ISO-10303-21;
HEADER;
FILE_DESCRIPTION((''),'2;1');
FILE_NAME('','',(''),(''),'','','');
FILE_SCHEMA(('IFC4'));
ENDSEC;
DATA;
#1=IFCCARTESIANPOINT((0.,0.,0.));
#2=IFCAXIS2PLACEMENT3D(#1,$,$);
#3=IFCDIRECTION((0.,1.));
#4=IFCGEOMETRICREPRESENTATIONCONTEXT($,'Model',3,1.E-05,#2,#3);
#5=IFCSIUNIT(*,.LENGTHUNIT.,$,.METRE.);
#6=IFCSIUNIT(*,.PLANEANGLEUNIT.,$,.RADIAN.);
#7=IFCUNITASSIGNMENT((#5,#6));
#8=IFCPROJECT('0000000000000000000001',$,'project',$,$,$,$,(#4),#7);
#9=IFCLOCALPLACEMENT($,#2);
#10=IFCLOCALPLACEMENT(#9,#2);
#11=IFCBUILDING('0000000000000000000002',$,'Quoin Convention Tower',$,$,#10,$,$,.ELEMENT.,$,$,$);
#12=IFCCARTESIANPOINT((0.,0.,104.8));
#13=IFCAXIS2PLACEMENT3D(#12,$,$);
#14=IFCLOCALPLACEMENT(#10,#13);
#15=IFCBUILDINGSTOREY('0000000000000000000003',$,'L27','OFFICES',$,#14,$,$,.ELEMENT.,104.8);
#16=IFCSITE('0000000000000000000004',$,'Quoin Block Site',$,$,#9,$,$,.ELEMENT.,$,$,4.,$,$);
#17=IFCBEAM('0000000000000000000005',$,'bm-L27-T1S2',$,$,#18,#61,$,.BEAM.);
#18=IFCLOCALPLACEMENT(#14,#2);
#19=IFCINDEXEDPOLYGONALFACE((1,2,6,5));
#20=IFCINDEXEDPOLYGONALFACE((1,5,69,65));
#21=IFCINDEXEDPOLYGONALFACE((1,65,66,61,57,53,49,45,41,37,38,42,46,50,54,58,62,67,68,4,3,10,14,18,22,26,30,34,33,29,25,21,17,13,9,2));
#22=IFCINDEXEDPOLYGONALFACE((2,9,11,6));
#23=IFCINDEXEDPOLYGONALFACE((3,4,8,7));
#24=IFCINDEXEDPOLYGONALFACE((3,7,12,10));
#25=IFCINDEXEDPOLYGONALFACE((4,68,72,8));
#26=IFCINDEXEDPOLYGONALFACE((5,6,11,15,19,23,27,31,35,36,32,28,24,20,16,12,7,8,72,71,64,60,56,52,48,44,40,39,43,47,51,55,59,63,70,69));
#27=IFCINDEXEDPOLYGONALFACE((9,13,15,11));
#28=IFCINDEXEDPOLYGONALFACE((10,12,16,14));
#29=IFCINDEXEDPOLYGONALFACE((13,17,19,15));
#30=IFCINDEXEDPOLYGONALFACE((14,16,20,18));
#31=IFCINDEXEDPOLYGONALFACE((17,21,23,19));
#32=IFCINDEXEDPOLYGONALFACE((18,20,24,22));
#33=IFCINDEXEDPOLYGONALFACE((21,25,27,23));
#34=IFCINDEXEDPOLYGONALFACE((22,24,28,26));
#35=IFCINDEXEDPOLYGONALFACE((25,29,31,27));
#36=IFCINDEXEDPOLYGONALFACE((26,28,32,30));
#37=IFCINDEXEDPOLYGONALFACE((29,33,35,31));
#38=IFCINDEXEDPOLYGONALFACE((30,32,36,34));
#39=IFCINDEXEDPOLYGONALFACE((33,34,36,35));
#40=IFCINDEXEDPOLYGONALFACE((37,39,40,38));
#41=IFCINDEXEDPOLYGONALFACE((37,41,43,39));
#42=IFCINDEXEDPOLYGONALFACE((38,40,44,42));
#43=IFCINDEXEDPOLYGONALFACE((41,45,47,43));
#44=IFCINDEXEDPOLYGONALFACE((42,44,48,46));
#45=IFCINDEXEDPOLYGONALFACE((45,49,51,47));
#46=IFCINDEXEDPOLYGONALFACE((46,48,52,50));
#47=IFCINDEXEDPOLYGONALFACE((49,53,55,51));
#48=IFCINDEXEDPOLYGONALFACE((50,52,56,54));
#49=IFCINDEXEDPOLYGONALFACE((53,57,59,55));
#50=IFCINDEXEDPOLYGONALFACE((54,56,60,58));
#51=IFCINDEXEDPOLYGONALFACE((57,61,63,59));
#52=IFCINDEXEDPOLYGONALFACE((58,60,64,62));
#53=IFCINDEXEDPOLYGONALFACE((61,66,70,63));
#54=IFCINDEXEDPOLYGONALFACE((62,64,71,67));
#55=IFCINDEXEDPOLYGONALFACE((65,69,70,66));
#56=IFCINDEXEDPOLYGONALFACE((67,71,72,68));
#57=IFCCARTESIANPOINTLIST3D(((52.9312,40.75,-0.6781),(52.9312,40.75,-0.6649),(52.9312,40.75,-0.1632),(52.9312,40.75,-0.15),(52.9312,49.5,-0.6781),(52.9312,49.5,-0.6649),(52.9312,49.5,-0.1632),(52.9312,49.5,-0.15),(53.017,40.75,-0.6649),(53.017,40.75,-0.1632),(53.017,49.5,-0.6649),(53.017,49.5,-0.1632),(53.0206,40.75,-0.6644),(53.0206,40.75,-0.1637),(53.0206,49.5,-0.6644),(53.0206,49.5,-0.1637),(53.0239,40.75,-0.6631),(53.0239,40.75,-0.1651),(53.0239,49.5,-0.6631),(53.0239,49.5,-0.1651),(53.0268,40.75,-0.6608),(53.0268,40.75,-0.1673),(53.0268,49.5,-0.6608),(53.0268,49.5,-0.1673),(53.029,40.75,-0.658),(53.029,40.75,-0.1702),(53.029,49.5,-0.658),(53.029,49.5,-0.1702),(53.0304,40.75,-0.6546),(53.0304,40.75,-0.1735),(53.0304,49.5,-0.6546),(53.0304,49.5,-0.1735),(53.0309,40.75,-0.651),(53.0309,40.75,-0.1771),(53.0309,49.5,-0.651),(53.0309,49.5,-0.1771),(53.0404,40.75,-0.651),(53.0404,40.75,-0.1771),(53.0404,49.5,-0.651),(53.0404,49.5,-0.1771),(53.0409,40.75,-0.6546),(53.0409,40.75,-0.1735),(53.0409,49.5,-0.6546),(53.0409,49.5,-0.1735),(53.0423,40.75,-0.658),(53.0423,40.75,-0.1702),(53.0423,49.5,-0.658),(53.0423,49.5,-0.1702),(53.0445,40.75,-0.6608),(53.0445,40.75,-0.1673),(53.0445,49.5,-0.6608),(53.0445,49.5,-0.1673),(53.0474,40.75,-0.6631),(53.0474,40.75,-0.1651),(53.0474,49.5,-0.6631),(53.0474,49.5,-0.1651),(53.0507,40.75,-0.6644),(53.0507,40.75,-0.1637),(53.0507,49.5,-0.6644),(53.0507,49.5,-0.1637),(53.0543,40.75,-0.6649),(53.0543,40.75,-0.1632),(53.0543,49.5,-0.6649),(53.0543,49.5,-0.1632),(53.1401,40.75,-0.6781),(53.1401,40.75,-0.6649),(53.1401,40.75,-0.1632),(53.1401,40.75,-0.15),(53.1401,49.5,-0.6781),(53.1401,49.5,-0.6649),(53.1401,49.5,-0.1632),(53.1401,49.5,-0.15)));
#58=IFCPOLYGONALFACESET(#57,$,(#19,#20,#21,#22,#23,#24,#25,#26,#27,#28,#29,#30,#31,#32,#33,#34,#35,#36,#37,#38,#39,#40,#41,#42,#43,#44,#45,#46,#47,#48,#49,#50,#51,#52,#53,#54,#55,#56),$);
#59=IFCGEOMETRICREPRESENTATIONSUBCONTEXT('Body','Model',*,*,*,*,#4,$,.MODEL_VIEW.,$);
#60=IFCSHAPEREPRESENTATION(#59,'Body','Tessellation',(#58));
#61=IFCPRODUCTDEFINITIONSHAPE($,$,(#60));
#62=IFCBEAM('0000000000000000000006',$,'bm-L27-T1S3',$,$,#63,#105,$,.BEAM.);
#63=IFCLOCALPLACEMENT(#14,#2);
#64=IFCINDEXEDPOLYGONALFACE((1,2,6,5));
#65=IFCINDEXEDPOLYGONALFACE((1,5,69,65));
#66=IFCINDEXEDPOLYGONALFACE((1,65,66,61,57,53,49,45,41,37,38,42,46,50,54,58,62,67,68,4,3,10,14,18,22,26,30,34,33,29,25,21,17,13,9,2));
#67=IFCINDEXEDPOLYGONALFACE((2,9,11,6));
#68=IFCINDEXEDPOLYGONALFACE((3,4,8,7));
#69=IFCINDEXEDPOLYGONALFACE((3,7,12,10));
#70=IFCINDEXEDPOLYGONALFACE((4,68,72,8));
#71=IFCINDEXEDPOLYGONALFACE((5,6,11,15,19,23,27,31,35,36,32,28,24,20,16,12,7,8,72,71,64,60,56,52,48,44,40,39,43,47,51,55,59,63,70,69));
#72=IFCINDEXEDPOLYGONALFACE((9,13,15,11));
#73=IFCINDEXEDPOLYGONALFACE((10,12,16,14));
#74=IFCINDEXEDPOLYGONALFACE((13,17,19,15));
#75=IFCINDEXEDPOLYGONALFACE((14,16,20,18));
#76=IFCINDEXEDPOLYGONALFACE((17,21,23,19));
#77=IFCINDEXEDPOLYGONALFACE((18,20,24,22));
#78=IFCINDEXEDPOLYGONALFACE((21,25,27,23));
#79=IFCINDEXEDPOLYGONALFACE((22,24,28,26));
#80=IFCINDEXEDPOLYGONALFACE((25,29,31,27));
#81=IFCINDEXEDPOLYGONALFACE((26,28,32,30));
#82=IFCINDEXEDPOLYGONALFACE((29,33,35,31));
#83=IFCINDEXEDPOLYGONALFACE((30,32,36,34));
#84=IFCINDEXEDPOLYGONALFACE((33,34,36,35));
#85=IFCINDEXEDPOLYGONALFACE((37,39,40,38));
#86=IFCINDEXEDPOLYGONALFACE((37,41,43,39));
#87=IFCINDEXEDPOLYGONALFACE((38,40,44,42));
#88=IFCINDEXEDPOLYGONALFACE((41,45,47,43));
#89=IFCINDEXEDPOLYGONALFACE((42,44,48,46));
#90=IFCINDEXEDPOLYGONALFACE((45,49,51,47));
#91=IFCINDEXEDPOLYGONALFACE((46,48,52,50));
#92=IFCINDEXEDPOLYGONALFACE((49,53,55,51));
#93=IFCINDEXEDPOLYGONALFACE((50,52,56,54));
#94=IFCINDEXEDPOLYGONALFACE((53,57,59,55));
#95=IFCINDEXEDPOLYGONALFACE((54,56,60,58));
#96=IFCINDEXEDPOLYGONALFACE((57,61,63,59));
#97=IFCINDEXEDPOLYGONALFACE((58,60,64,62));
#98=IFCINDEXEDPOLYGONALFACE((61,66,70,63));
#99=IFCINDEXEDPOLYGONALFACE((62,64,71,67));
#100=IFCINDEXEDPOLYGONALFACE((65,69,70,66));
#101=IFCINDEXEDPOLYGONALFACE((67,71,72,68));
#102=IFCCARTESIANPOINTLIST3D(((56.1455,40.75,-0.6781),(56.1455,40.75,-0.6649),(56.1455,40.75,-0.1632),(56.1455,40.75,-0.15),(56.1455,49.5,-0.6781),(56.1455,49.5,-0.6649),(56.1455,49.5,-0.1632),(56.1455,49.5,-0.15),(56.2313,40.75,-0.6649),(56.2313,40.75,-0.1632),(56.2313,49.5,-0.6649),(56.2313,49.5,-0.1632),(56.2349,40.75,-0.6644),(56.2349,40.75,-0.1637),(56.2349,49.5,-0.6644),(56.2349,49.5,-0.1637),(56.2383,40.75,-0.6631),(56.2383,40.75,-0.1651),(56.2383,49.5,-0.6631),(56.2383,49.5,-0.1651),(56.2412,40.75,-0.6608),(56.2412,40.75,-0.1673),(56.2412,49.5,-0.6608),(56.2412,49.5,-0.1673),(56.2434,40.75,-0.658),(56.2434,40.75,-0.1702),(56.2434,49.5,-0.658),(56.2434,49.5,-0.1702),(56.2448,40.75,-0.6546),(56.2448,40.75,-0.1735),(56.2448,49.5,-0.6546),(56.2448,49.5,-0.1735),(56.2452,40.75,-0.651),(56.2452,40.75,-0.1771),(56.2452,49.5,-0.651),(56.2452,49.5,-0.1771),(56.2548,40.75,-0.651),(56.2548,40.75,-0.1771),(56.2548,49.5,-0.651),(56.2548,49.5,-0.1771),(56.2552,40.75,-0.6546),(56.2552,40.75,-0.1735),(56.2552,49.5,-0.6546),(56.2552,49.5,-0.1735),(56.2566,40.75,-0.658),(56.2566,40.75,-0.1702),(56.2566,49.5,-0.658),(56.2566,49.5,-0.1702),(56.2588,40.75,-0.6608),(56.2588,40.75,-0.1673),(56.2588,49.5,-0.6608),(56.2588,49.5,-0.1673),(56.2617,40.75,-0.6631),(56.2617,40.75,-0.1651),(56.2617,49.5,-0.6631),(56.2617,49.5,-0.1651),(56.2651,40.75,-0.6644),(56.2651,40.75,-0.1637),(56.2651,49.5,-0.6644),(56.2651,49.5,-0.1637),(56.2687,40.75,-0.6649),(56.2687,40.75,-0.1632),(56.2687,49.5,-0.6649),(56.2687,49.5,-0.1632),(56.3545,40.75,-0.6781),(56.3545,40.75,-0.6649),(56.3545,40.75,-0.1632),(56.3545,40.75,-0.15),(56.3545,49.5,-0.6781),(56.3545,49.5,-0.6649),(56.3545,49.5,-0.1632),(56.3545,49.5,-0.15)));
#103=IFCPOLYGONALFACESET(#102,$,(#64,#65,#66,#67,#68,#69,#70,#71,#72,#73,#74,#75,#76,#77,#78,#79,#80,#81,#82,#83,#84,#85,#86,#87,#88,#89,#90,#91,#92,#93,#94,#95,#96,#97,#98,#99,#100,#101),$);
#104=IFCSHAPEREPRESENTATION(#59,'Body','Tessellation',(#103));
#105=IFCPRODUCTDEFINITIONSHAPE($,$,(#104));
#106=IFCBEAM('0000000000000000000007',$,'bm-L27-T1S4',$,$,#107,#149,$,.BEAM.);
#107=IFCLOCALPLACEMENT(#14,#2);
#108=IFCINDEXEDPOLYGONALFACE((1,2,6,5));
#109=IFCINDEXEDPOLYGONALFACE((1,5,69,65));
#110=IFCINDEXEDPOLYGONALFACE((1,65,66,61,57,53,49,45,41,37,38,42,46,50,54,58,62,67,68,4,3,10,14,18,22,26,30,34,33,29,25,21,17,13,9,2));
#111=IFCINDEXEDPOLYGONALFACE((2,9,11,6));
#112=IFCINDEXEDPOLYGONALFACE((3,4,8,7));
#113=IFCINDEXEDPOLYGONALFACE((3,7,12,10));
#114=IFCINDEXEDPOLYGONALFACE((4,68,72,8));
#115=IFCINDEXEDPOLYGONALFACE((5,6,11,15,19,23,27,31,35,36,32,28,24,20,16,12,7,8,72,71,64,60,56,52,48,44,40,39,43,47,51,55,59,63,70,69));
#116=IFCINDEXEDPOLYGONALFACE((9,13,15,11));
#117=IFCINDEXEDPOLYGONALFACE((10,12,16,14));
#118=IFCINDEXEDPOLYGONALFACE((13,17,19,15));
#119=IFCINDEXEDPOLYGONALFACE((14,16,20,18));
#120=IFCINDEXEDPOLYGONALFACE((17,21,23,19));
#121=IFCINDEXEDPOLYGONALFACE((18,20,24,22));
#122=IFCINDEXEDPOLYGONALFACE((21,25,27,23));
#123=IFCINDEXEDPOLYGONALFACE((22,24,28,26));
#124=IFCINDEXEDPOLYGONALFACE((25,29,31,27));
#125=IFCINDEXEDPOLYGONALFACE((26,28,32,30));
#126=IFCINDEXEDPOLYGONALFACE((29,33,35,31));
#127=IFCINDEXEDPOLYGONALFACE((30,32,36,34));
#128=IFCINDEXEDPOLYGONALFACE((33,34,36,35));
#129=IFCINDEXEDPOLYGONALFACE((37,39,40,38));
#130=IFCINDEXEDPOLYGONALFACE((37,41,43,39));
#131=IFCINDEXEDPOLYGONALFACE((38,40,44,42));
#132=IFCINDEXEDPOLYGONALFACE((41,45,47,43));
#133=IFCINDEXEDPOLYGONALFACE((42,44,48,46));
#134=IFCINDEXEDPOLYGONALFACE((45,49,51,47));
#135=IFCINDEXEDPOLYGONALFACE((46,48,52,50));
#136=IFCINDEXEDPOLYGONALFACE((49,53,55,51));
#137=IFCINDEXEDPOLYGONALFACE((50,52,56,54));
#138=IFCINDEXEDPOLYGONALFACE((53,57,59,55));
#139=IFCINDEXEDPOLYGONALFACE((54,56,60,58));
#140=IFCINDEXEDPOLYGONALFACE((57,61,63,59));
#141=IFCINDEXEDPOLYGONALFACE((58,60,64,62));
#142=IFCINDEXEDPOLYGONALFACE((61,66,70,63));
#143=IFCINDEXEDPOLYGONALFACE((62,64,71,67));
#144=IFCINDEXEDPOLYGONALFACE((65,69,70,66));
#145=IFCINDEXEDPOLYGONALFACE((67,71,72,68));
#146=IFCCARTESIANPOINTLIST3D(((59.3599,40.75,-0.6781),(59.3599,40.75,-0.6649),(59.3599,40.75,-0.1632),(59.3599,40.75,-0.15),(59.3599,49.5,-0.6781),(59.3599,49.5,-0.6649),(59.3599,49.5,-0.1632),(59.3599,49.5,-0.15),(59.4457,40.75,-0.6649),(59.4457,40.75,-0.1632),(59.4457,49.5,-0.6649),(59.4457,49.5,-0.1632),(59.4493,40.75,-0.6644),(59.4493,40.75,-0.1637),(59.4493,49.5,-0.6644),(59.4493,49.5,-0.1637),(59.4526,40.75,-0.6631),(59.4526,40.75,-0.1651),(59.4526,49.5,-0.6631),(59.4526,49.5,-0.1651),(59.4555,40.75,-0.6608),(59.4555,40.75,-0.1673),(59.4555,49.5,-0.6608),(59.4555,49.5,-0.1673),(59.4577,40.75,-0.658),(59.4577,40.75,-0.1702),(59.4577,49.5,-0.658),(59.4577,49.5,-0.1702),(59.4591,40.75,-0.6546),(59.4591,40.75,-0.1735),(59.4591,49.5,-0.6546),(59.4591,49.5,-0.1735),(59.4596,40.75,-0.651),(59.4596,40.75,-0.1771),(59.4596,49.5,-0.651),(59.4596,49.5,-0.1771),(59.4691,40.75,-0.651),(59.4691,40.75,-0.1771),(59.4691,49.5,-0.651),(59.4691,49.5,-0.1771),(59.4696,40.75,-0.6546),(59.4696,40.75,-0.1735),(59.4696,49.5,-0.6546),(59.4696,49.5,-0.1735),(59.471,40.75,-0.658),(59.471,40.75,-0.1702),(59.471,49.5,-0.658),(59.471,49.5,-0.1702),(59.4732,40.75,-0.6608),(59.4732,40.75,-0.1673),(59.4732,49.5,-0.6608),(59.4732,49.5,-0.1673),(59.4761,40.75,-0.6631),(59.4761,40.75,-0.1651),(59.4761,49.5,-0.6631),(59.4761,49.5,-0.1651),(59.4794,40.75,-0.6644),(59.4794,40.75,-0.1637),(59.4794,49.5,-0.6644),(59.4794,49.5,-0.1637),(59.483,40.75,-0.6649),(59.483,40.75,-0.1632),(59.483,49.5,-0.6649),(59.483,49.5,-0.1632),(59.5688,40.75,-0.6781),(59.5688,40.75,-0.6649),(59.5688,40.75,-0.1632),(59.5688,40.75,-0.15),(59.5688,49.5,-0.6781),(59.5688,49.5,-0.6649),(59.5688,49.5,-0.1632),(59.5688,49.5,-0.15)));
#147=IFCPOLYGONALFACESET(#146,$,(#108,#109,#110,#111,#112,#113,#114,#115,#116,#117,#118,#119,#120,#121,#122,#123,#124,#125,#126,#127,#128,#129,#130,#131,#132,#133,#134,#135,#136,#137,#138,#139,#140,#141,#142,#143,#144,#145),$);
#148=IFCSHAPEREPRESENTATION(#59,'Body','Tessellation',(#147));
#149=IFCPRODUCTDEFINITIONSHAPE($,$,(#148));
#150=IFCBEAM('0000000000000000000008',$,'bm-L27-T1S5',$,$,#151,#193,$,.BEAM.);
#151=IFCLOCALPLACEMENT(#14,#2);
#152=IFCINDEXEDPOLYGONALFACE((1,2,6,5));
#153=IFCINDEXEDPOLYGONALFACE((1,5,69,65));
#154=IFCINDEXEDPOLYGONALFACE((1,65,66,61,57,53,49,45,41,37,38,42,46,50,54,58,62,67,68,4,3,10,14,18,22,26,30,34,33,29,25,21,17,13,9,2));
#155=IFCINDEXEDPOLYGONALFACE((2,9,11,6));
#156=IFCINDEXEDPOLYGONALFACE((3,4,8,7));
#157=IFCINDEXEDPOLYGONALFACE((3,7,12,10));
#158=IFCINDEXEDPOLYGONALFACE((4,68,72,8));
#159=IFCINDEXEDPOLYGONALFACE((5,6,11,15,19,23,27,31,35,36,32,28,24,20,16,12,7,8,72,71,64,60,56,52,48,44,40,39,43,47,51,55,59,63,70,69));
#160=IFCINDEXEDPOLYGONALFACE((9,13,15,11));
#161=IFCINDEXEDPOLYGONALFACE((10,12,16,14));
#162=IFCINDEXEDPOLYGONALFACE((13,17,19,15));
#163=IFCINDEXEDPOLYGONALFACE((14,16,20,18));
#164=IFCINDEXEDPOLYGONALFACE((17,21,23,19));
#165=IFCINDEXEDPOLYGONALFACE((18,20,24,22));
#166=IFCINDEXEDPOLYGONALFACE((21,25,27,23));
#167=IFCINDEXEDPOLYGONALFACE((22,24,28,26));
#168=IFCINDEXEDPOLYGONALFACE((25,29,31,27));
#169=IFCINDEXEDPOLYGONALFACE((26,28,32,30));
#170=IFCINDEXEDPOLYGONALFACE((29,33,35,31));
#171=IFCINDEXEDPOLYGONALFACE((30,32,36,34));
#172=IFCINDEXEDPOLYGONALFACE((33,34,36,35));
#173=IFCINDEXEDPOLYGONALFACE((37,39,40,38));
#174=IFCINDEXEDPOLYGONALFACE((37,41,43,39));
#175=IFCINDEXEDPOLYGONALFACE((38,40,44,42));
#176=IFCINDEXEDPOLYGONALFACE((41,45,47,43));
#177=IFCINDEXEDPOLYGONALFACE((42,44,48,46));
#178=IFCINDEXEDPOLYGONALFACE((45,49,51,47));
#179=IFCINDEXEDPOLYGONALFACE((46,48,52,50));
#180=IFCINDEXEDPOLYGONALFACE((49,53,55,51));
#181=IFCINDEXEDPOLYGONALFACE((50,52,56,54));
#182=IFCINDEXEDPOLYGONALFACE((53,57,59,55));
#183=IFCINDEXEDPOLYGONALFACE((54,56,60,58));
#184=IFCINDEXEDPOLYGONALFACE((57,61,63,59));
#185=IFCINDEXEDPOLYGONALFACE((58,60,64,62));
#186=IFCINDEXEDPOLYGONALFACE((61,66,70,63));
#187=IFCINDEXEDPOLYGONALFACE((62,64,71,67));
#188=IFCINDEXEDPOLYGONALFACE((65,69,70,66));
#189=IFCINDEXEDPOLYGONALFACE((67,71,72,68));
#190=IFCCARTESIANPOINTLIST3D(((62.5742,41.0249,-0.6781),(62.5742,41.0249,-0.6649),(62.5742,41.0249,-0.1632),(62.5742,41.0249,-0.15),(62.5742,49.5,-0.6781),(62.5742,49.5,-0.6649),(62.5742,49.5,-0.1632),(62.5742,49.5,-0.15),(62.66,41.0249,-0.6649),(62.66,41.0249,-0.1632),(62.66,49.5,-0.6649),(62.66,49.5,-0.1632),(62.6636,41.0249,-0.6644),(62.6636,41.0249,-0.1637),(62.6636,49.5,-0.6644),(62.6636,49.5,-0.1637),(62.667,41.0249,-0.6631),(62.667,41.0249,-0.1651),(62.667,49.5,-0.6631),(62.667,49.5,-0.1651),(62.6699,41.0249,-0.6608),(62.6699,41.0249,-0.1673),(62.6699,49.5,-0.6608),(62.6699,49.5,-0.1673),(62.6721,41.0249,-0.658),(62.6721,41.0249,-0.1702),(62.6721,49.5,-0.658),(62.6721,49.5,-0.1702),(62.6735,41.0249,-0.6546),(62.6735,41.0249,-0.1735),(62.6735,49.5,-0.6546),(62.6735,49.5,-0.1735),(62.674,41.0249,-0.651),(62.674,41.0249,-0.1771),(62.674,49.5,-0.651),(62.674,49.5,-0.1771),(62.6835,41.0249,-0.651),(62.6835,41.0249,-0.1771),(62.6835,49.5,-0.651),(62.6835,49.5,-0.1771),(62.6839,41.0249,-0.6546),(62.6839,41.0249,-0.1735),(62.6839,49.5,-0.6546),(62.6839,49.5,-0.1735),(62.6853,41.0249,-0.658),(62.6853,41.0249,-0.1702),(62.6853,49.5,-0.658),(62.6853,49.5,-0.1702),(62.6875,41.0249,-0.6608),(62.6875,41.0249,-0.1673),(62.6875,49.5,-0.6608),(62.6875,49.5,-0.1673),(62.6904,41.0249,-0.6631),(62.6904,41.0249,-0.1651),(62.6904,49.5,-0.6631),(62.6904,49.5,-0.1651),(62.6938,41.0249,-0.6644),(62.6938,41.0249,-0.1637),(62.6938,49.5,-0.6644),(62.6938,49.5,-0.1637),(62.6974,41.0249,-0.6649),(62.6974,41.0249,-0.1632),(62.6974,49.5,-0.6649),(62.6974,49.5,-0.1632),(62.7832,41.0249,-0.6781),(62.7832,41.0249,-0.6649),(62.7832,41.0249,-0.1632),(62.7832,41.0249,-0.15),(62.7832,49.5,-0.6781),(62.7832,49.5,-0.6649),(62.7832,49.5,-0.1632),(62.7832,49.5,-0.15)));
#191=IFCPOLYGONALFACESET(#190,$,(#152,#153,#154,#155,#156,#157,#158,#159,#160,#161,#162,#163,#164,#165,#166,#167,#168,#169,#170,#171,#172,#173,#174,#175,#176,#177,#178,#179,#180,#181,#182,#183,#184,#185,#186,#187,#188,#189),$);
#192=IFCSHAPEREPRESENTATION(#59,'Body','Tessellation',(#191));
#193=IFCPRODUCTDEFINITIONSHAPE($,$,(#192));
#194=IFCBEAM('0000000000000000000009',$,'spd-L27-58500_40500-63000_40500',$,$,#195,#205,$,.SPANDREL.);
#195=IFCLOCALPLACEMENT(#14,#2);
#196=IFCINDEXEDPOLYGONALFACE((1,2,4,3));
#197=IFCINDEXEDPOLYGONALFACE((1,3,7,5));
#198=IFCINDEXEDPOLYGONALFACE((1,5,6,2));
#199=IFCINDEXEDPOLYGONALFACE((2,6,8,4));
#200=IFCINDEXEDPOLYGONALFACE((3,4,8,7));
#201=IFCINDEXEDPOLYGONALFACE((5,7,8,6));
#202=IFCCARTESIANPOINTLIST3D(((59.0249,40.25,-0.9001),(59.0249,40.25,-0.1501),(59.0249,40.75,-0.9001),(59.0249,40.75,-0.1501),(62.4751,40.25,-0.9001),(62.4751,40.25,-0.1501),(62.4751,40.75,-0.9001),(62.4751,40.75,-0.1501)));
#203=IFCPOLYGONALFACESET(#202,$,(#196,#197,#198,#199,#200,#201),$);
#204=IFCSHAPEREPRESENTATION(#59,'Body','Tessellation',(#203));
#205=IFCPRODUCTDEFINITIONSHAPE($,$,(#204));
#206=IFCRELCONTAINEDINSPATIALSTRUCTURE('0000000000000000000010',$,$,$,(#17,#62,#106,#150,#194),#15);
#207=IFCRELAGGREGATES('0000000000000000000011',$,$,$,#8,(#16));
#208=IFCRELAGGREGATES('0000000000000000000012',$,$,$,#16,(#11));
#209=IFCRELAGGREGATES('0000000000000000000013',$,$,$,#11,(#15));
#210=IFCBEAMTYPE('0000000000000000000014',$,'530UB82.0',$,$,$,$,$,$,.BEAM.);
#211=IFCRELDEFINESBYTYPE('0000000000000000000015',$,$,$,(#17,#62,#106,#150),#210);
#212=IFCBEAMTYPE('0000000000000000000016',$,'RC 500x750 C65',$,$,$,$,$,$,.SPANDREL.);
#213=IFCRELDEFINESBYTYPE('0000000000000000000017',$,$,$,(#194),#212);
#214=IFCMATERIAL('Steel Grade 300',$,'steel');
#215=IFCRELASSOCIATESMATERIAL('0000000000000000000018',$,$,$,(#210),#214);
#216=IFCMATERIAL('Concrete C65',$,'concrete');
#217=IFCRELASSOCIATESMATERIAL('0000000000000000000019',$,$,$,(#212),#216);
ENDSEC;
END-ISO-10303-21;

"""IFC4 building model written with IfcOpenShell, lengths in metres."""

from ifc_helpers import new_model, si_unit, direction, frame, origin, origin_2d, place, context, subcontext, project, spatial, rectangle, i_section, extrude, material, material_profile, profile_set, type_object, element, save


model = new_model("IFC4")

# Units and contexts
model_context = context("Model", 3, precision=1e-05, world=origin(), true_north=direction((0.0, 1.0)))
body_context = subcontext(model_context, "Body", "Model", "MODEL_VIEW")
ifc_project = project(units=[si_unit("LENGTHUNIT", "METRE"), si_unit("PLANEANGLEUNIT", "RADIAN")], contexts=[model_context])

# Site, building, storey
site_placement = place(None, origin())
site = spatial("IfcSite", under=ifc_project, at=site_placement, Name="Quoin Block Site", CompositionType="ELEMENT", RefElevation=4.0)
building_placement = place(site_placement, origin())
building = spatial("IfcBuilding", under=site, at=building_placement, Name="Quoin Convention Tower", CompositionType="ELEMENT")
storey_placement = place(building_placement, frame((0.0, 0.0, 104.8)))
storey = spatial("IfcBuildingStorey", under=building, at=storey_placement, Name="L27", Description="OFFICES", CompositionType="ELEMENT", Elevation=104.8)

# Beams
ifc_material_1 = material(Name="Steel Grade 300", Category="steel")
ifc_material_profile_1 = material_profile(ifc_material_1, i_section(OverallWidth=0.209, OverallDepth=0.5281, WebThickness=0.0095, FlangeThickness=0.0132, FilletRadius=0.0139, at=origin_2d()), Name="530UB82.0")
ifc_profile_set_1 = profile_set([ifc_material_profile_1], Name="Steel Grade 300")
beam_type_1 = type_object("IfcBeamType", Name="530UB82.0", PredefinedType="BEAM", material=ifc_profile_set_1)
for number, where, z_axis, x_axis, name in (
    (1, (53.0356, 40.75, -0.4141), (0.0, 1.0, 0.0), (-1.0, 0.0, 0.0), "bm-L27-T1S2"),
    (2, (56.25, 40.75, -0.4141), (0.0, 1.0, 0.0), (-1.0, 0.0, 0.0), "bm-L27-T1S3"),
    (3, (59.4644, 40.75, -0.4141), (0.0, 1.0, 0.0), (-1.0, 0.0, 0.0), "bm-L27-T1S4"),
):
    element("IfcBeam", number, at=place(storey_placement, frame(where, z_axis=z_axis, x_axis=x_axis)), inside=storey, type_object=beam_type_1, Name=name, PredefinedType="BEAM", context=body_context, shape_type="SweptSolid", body=[
        extrude(i_section(OverallWidth=0.209, OverallDepth=0.5281, WebThickness=0.0095, FlangeThickness=0.0132, FilletRadius=0.0139, at=origin_2d()), origin(), (0.0, 0.0, 1.0), 8.75),
    ])
beam_1_placement = place(storey_placement, frame((62.6787, 41.0249, -0.4141), z_axis=(0.0, 1.0, 0.0), x_axis=(-1.0, 0.0, 0.0)))
element("IfcBeam", 4, at=beam_1_placement, inside=storey, type_object=beam_type_1, Name="bm-L27-T1S5", PredefinedType="BEAM", context=body_context, shape_type="SweptSolid", body=[
    extrude(i_section(OverallWidth=0.209, OverallDepth=0.5281, WebThickness=0.0095, FlangeThickness=0.0132, FilletRadius=0.0139, at=origin_2d()), origin(), (0.0, 0.0, 1.0), 8.4751),
])
ifc_material_2 = material(Name="Concrete C65", Category="concrete")
ifc_material_profile_2 = material_profile(ifc_material_2, rectangle(XDim=0.5, YDim=0.75, at=origin_2d()), Name="RC 500x750")
ifc_profile_set_2 = profile_set([ifc_material_profile_2], Name="Concrete C65")
beam_type_2 = type_object("IfcBeamType", Name="RC 500x750 C65", PredefinedType="SPANDREL", material=ifc_profile_set_2)
beam_2_placement = place(storey_placement, frame((59.0249, 40.5, -0.5251), z_axis=(1.0, 0.0, 0.0), x_axis=(0.0, 1.0, 0.0)))
element("IfcBeam", 5, at=beam_2_placement, inside=storey, type_object=beam_type_2, Name="spd-L27-58500_40500-63000_40500", PredefinedType="SPANDREL", context=body_context, shape_type="SweptSolid", body=[
    extrude(rectangle(XDim=0.5, YDim=0.75, at=origin_2d()), origin(), (0.0, 0.0, 1.0), 3.4502),
])

save(model, "model.ifc")
